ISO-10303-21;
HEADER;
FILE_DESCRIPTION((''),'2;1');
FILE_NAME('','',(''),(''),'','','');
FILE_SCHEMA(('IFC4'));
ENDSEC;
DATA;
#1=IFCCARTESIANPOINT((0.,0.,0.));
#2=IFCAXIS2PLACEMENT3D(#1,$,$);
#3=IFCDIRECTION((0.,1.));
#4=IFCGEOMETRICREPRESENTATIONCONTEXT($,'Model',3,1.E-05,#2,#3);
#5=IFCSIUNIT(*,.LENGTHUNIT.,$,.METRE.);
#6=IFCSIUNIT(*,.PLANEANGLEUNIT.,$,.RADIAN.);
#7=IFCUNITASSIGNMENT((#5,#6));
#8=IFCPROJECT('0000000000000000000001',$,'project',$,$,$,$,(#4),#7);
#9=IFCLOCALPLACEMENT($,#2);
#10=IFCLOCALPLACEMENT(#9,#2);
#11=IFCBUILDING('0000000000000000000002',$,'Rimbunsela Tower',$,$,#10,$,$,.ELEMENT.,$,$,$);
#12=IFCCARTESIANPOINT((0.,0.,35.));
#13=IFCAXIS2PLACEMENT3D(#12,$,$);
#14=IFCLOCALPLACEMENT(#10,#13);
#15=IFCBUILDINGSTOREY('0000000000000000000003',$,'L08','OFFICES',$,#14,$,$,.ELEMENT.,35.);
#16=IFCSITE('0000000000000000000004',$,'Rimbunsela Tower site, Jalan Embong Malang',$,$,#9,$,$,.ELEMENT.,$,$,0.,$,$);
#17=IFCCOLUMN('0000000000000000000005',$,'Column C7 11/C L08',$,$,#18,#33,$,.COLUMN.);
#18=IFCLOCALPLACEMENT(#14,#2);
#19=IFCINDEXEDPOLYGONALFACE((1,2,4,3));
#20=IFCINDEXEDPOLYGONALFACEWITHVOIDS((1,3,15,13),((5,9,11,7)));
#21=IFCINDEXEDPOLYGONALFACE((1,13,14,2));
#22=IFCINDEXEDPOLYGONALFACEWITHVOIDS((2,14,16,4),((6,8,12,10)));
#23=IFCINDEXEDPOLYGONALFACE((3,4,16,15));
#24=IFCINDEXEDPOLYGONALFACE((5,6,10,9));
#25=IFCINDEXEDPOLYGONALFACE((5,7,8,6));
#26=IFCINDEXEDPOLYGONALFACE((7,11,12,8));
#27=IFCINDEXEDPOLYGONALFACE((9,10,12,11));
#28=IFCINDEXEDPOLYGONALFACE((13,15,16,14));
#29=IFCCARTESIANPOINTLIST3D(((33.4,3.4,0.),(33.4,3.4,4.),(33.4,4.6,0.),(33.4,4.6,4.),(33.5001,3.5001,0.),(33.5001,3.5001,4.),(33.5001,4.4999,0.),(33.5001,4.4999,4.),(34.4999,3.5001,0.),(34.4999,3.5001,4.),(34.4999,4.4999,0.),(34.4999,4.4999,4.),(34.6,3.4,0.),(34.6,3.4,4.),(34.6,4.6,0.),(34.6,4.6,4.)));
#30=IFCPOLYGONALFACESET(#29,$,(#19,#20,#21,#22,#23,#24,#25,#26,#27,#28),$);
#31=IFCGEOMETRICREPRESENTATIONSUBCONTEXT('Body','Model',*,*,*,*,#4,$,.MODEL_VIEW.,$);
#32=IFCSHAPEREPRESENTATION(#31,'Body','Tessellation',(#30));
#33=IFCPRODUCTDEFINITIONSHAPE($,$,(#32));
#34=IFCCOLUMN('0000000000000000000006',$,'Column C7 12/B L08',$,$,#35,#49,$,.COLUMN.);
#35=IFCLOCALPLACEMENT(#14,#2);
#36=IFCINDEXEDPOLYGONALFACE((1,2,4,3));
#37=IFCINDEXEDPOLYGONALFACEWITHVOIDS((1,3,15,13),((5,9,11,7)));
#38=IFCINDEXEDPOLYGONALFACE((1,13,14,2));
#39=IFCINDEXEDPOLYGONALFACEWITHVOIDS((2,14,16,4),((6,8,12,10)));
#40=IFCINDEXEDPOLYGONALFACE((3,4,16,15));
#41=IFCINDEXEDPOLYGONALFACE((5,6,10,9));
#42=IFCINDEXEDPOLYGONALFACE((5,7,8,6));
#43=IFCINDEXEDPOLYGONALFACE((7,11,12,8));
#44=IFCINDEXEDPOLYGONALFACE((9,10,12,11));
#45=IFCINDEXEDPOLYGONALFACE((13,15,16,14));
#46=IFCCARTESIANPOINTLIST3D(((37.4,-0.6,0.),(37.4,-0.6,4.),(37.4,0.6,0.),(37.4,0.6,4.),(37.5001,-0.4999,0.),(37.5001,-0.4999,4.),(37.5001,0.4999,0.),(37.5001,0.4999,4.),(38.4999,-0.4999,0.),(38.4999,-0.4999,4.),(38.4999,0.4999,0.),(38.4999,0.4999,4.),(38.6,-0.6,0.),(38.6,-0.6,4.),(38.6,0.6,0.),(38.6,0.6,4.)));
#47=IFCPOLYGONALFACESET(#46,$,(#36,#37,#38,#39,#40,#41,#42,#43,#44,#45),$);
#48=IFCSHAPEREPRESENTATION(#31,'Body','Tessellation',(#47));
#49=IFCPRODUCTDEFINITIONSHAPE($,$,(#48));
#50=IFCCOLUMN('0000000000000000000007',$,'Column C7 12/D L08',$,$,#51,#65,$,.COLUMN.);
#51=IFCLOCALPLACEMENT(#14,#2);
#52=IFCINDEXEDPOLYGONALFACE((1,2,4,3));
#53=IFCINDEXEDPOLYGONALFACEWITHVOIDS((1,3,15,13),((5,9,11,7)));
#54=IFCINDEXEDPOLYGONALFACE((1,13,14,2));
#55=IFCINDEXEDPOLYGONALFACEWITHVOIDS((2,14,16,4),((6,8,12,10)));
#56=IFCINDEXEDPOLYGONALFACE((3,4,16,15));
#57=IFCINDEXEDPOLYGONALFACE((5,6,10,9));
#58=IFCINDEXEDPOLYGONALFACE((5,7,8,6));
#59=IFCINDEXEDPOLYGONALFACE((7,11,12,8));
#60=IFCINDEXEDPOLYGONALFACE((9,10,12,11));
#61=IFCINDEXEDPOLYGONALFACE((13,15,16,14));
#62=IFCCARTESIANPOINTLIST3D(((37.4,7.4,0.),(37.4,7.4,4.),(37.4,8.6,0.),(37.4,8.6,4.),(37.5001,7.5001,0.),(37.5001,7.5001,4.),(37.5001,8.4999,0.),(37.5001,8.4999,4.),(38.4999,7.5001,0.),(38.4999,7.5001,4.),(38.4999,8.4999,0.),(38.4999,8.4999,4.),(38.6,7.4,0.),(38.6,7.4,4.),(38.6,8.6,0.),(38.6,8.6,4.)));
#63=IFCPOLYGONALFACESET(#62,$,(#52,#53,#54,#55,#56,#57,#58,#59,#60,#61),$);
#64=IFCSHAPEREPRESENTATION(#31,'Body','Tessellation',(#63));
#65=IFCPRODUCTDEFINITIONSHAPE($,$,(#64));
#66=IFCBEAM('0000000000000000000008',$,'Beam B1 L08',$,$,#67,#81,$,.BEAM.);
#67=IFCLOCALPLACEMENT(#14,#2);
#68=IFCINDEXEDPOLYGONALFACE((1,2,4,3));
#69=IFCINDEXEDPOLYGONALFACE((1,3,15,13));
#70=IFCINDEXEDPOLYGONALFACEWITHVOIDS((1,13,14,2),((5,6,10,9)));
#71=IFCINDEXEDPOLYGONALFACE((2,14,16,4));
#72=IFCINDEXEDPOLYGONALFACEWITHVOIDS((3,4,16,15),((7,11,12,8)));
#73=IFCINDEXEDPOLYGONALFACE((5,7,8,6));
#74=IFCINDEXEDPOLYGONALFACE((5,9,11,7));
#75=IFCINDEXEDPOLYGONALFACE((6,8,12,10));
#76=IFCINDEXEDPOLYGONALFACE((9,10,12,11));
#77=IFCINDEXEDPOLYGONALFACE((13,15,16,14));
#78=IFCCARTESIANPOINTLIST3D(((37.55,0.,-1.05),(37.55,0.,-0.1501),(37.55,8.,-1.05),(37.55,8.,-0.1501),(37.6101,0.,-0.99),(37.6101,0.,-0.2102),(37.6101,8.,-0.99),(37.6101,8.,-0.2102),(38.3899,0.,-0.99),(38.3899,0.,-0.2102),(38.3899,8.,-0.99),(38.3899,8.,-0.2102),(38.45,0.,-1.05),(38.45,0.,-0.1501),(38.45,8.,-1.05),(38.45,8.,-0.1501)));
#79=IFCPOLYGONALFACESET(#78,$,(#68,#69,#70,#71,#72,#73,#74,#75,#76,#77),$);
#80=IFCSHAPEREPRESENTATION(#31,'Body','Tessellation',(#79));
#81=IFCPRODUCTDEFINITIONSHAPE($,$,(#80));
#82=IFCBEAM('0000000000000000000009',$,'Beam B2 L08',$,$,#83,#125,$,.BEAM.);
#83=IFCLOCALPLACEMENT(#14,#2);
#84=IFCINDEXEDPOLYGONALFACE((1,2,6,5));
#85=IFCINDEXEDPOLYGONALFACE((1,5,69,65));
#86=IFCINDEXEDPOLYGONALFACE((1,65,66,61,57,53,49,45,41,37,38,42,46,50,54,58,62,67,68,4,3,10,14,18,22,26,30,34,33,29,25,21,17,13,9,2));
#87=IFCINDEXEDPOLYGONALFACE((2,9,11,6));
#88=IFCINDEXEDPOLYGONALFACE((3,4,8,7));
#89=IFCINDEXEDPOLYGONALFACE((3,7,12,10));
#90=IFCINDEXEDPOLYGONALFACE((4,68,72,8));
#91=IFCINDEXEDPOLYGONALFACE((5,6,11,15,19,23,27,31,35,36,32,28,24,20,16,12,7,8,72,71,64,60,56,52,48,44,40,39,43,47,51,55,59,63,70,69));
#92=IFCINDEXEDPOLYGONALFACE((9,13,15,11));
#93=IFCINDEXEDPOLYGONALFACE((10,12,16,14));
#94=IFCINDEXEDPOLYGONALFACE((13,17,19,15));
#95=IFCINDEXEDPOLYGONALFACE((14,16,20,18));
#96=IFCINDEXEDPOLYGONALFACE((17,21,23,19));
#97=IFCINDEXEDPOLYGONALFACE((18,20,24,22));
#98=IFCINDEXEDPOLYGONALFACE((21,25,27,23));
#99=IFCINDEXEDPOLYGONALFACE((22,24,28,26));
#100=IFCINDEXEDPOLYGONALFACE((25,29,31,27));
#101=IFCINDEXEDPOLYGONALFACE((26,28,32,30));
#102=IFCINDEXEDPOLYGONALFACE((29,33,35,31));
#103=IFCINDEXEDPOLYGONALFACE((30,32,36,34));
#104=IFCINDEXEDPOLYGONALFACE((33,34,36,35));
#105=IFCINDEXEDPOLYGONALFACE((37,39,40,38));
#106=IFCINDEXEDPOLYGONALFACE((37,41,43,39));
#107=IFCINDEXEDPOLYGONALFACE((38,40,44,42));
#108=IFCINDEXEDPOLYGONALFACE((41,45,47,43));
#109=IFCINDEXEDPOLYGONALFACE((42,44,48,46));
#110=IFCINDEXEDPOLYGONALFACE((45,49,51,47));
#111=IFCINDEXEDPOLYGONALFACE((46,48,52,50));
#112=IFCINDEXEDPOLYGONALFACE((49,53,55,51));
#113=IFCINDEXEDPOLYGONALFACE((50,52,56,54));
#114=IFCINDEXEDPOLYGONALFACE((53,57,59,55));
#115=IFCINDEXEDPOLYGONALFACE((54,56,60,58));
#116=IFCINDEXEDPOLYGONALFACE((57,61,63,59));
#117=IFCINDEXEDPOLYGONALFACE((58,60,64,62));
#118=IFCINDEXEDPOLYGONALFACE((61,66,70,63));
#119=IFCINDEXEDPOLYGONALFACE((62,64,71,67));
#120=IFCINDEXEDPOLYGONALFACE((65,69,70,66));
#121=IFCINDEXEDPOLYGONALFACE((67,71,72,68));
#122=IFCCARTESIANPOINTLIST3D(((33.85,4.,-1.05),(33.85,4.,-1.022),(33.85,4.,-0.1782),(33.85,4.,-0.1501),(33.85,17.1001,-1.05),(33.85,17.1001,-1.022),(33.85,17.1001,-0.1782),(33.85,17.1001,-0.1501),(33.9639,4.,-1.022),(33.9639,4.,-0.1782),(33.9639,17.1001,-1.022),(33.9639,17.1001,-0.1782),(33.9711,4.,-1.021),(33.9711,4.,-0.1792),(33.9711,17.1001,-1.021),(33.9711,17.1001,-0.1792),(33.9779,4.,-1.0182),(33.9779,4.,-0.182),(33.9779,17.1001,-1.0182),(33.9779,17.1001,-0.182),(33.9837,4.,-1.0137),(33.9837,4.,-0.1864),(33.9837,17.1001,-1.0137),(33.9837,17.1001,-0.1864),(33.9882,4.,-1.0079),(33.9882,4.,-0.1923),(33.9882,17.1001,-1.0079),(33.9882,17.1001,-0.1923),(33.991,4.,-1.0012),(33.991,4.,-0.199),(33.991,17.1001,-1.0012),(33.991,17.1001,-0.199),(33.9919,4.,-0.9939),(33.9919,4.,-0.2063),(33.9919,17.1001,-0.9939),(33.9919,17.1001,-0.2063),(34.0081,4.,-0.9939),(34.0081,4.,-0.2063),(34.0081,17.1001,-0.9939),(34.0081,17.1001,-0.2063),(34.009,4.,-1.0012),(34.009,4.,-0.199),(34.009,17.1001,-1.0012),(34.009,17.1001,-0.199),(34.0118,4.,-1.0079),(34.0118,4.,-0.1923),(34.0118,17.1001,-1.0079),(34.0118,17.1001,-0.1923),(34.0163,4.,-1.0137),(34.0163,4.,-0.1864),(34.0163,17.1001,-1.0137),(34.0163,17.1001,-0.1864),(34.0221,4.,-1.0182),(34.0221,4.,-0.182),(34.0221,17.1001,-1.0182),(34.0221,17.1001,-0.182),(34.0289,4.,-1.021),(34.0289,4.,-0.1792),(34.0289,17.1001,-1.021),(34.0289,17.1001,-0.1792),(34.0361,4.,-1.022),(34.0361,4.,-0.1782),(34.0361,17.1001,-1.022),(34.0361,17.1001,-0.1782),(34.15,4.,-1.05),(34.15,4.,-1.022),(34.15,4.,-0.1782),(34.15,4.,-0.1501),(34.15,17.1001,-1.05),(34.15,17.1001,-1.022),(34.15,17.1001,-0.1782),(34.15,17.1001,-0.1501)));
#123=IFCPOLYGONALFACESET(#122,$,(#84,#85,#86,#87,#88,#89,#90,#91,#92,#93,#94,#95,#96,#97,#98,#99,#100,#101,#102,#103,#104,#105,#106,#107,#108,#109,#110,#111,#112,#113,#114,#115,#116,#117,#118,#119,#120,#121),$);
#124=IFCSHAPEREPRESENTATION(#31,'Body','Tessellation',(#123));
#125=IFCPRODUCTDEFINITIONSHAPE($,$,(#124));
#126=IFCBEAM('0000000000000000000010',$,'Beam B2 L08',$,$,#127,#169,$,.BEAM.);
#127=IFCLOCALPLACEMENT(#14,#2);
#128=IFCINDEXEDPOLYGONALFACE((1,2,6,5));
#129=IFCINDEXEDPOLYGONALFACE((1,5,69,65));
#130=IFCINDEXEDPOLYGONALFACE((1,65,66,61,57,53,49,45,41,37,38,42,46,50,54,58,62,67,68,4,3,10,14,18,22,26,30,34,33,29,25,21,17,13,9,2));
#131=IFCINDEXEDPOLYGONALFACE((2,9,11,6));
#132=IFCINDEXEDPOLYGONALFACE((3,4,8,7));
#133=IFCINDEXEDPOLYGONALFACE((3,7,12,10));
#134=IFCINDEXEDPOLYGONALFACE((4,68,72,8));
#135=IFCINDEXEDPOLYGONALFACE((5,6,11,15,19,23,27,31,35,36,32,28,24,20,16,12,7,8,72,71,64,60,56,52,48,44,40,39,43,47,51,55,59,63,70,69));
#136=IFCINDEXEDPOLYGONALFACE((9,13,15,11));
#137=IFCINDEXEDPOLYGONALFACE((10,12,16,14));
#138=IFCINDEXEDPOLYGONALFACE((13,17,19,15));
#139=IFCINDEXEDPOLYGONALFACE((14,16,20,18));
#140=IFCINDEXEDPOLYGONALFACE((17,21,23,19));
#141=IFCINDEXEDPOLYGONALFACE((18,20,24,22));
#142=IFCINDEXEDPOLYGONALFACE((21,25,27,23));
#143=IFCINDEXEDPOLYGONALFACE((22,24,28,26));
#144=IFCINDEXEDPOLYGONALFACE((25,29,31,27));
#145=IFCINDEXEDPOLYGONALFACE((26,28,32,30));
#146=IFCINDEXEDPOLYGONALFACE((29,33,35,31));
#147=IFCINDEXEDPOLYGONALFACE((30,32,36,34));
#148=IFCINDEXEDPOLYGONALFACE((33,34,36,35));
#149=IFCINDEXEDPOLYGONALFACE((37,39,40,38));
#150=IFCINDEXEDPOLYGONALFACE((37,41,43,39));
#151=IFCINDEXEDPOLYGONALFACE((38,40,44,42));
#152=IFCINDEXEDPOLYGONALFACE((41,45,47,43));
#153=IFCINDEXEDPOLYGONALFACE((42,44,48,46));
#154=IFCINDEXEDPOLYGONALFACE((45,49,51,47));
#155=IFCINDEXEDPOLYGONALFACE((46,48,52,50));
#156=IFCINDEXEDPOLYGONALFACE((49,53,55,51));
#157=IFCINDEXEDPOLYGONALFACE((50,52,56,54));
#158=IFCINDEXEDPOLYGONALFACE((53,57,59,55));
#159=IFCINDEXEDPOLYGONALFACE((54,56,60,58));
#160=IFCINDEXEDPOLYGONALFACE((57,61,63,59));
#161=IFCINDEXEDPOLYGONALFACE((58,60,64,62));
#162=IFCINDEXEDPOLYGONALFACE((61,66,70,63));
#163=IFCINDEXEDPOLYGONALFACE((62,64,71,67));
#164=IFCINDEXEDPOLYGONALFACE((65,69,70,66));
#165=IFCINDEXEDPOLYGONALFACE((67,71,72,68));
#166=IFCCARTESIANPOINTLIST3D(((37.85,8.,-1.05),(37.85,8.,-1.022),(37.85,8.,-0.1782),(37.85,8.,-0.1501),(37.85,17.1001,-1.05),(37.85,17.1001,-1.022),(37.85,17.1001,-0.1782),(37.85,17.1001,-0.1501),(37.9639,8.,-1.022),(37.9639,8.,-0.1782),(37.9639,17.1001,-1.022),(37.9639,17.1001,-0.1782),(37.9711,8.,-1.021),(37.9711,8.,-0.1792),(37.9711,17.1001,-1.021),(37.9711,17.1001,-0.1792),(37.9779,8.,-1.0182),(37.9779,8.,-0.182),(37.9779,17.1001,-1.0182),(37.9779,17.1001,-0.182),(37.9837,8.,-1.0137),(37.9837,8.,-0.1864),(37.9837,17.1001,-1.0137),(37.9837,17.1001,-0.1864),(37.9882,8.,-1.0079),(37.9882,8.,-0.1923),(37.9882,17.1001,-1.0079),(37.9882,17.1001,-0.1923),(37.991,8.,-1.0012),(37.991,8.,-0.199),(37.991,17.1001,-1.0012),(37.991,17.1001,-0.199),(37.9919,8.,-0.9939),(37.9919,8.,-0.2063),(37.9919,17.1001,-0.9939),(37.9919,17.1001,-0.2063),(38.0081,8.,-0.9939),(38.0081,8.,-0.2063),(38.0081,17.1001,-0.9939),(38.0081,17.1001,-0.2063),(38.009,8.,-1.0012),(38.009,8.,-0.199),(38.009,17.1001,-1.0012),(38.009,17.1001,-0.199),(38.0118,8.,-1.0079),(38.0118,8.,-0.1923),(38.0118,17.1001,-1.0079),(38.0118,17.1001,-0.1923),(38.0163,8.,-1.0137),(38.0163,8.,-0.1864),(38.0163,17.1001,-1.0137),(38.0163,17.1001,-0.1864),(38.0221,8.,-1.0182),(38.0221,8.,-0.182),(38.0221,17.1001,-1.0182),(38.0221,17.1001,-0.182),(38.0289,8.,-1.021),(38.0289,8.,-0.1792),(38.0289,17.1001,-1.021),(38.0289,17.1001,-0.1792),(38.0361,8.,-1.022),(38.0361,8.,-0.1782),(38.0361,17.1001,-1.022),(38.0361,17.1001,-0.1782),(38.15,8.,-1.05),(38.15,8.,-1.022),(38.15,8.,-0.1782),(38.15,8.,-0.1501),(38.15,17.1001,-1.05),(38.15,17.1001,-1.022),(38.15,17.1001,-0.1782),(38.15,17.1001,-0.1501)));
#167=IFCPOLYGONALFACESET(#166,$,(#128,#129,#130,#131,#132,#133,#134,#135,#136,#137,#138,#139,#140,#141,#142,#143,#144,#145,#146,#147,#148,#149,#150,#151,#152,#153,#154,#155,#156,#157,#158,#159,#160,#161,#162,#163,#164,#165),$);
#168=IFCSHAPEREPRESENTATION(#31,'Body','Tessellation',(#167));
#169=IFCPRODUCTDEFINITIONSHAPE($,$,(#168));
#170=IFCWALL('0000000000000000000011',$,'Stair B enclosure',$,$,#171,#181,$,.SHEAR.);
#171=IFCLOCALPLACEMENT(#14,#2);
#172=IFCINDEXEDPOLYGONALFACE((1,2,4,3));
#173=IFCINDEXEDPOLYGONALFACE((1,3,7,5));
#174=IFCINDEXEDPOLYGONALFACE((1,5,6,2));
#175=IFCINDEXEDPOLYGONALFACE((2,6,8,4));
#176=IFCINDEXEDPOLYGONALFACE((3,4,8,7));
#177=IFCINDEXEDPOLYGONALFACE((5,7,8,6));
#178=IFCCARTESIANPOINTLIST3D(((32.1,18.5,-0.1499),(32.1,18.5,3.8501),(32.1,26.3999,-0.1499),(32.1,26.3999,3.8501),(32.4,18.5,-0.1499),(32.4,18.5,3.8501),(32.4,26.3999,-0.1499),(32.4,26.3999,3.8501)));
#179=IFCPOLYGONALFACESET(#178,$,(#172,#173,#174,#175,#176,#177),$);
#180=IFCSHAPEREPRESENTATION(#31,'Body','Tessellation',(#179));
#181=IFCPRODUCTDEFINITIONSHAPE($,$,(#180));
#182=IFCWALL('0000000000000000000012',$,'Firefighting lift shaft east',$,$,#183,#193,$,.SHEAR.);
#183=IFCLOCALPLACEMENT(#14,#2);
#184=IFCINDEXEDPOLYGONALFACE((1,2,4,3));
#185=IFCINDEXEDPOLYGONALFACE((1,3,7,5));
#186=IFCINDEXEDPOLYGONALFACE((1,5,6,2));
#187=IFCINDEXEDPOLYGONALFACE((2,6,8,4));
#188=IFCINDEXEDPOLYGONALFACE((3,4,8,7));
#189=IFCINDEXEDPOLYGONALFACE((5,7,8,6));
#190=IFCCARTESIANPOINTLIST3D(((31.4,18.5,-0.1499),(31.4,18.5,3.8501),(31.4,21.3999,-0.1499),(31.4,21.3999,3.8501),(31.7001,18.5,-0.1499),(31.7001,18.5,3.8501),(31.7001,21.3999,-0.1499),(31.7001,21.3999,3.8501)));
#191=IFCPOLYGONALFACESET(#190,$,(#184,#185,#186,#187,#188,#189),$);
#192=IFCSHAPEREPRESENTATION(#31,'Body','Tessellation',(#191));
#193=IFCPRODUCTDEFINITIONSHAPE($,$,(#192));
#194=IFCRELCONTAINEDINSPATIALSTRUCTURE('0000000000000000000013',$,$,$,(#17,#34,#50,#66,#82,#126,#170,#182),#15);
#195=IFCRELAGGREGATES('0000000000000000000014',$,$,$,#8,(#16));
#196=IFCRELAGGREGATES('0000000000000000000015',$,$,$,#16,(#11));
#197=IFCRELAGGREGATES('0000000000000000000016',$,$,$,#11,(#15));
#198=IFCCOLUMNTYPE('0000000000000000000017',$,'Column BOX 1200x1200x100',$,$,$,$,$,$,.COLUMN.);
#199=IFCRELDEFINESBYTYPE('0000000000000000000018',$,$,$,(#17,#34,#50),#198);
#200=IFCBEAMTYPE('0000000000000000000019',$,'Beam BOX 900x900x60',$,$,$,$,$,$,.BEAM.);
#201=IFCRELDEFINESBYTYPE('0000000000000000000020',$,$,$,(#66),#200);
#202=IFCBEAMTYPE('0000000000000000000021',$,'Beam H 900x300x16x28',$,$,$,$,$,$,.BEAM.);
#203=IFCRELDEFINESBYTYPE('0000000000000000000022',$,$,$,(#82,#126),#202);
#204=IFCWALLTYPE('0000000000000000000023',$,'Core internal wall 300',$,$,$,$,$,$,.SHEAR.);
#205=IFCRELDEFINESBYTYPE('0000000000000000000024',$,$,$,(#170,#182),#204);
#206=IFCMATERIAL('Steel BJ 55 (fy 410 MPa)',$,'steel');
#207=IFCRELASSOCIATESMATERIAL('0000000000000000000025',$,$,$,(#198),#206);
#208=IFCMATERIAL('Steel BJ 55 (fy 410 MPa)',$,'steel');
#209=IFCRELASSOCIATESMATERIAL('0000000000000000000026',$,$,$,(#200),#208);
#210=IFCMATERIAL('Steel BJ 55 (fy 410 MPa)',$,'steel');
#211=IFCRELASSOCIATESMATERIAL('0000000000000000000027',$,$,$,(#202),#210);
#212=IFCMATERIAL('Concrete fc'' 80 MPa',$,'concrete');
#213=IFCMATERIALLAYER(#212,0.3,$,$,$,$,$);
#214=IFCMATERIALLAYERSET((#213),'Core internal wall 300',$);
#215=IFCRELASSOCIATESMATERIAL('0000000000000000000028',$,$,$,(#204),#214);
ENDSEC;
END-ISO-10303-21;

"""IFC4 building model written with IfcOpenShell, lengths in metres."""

from ifc_helpers import new_model, si_unit, direction, frame, frame_2d, origin, origin_2d, place, context, subcontext, project, spatial, rectangle, hollow_rectangle, i_section, extrude, material, layer, layer_set, material_profile, profile_set, type_object, element, save


model = new_model("IFC4")

# Units and contexts
model_context = context("Model", 3, precision=1e-05, world=origin(), true_north=direction((0.0, 1.0)))
body_context = subcontext(model_context, "Body", "Model", "MODEL_VIEW")
ifc_project = project(units=[si_unit("LENGTHUNIT", "METRE"), si_unit("PLANEANGLEUNIT", "RADIAN")], contexts=[model_context])

# Site, building, storey
site_placement = place(None, origin())
site = spatial("IfcSite", under=ifc_project, at=site_placement, Name="Rimbunsela Tower site, Jalan Embong Malang", CompositionType="ELEMENT", RefElevation=0.0)
building_placement = place(site_placement, origin())
building = spatial("IfcBuilding", under=site, at=building_placement, Name="Rimbunsela Tower", CompositionType="ELEMENT")
storey_placement = place(building_placement, frame((0.0, 0.0, 35.0)))
storey = spatial("IfcBuildingStorey", under=building, at=storey_placement, Name="L08", Description="OFFICES", CompositionType="ELEMENT", Elevation=35.0)

# Columns
ifc_material_1 = material(Name="Steel BJ 55 (fy 410 MPa)", Category="steel")
ifc_material_profile_1 = material_profile(ifc_material_1, hollow_rectangle(XDim=1.2, YDim=1.2, WallThickness=0.1001, at=origin_2d()), Name="BOX 1200x1200x100")
ifc_profile_set_1 = profile_set([ifc_material_profile_1], Name="Steel BJ 55 (fy 410 MPa)")
column_type = type_object("IfcColumnType", Name="Column BOX 1200x1200x100", PredefinedType="COLUMN", material=ifc_profile_set_1)
for number, where, z_axis, x_axis, name in (
    (1, (34.0, 4.0, 0.0), (0.0, 0.0, 1.0), (1.0, 0.0, 0.0), "Column C7 11/C L08"),
    (2, (38.0, 0.0, 0.0), (0.0, 0.0, 1.0), (1.0, 0.0, 0.0), "Column C7 12/B L08"),
    (3, (38.0, 8.0, 0.0), (0.0, 0.0, 1.0), (1.0, 0.0, 0.0), "Column C7 12/D L08"),
):
    element("IfcColumn", number, at=place(storey_placement, frame(where, z_axis=z_axis, x_axis=x_axis)), inside=storey, type_object=column_type, Name=name, PredefinedType="COLUMN", context=body_context, shape_type="SweptSolid", body=[
        extrude(hollow_rectangle(XDim=1.2, YDim=1.2, WallThickness=0.1001, at=origin_2d()), origin(), (0.0, 0.0, 1.0), 4.0),
    ])

# Beams
ifc_material_2 = material(Name="Steel BJ 55 (fy 410 MPa)", Category="steel")
ifc_material_profile_2 = material_profile(ifc_material_2, hollow_rectangle(XDim=0.8999, YDim=0.8999, WallThickness=0.0601, at=origin_2d()), Name="BOX 900x900x60")
ifc_profile_set_2 = profile_set([ifc_material_profile_2], Name="Steel BJ 55 (fy 410 MPa)")
beam_type_1 = type_object("IfcBeamType", Name="Beam BOX 900x900x60", PredefinedType="BEAM", material=ifc_profile_set_2)
beam_1_placement = place(storey_placement, frame((38.0, 0.0, -0.6001), z_axis=(0.0, 1.0, 0.0), x_axis=(-1.0, 0.0, 0.0)))
element("IfcBeam", 4, at=beam_1_placement, inside=storey, type_object=beam_type_1, Name="Beam B1 L08", PredefinedType="BEAM", context=body_context, shape_type="SweptSolid", body=[
    extrude(hollow_rectangle(XDim=0.8999, YDim=0.8999, WallThickness=0.0601, at=origin_2d()), origin(), (0.0, 0.0, 1.0), 8.0),
])
ifc_material_3 = material(Name="Steel BJ 55 (fy 410 MPa)", Category="steel")
ifc_material_profile_3 = material_profile(ifc_material_3, i_section(OverallWidth=0.3, OverallDepth=0.8999, WebThickness=0.0161, FlangeThickness=0.0281, FilletRadius=0.0281, at=origin_2d()), Name="H 900x300x16x28")
ifc_profile_set_3 = profile_set([ifc_material_profile_3], Name="Steel BJ 55 (fy 410 MPa)")
beam_type_2 = type_object("IfcBeamType", Name="Beam H 900x300x16x28", PredefinedType="BEAM", material=ifc_profile_set_3)
beam_2_placement = place(storey_placement, frame((34.0, 4.0, -0.6001), z_axis=(0.0, 1.0, 0.0), x_axis=(-1.0, 0.0, 0.0)))
element("IfcBeam", 5, at=beam_2_placement, inside=storey, type_object=beam_type_2, Name="Beam B2 L08", PredefinedType="BEAM", context=body_context, shape_type="SweptSolid", body=[
    extrude(i_section(OverallWidth=0.3, OverallDepth=0.8999, WebThickness=0.0161, FlangeThickness=0.0281, FilletRadius=0.0281, at=origin_2d()), origin(), (0.0, 0.0, 1.0), 13.1001),
])
beam_3_placement = place(storey_placement, frame((38.0, 8.0, -0.6001), z_axis=(0.0, 1.0, 0.0), x_axis=(-1.0, 0.0, 0.0)))
element("IfcBeam", 6, at=beam_3_placement, inside=storey, type_object=beam_type_2, Name="Beam B2 L08", PredefinedType="BEAM", context=body_context, shape_type="SweptSolid", body=[
    extrude(i_section(OverallWidth=0.3, OverallDepth=0.8999, WebThickness=0.0161, FlangeThickness=0.0281, FilletRadius=0.0281, at=origin_2d()), origin(), (0.0, 0.0, 1.0), 9.1001),
])

# Walls
ifc_material_4 = material(Name="Concrete fc' 80 MPa", Category="concrete")
ifc_layer_1 = layer(ifc_material_4, 0.3)
ifc_layer_set_1 = layer_set([ifc_layer_1], Name="Core internal wall 300")
wall_type_1 = type_object("IfcWallType", Name="Core internal wall 300", PredefinedType="SHEAR", material=ifc_layer_set_1)
wall_1_placement = place(storey_placement, frame((32.25, 18.5, -0.1499), z_axis=(0.0, 0.0, 1.0), x_axis=(0.0, 1.0, 0.0)))
element("IfcWall", 7, at=wall_1_placement, inside=storey, type_object=wall_type_1, Name="Stair B enclosure", PredefinedType="SHEAR", context=body_context, shape_type="SweptSolid", body=[
    extrude(rectangle(XDim=7.8999, YDim=0.3, at=frame_2d((3.95, 0.0))), origin(), (0.0, 0.0, 1.0), 4.0),
])
wall_2_placement = place(storey_placement, frame((31.55, 18.5, -0.1499), z_axis=(0.0, 0.0, 1.0), x_axis=(0.0, 1.0, 0.0)))
element("IfcWall", 8, at=wall_2_placement, inside=storey, type_object=wall_type_1, Name="Firefighting lift shaft east", PredefinedType="SHEAR", context=body_context, shape_type="SweptSolid", body=[
    extrude(rectangle(XDim=2.8999, YDim=0.3, at=frame_2d((1.45, 0.0))), origin(), (0.0, 0.0, 1.0), 4.0),
])

save(model, "model.ifc")
